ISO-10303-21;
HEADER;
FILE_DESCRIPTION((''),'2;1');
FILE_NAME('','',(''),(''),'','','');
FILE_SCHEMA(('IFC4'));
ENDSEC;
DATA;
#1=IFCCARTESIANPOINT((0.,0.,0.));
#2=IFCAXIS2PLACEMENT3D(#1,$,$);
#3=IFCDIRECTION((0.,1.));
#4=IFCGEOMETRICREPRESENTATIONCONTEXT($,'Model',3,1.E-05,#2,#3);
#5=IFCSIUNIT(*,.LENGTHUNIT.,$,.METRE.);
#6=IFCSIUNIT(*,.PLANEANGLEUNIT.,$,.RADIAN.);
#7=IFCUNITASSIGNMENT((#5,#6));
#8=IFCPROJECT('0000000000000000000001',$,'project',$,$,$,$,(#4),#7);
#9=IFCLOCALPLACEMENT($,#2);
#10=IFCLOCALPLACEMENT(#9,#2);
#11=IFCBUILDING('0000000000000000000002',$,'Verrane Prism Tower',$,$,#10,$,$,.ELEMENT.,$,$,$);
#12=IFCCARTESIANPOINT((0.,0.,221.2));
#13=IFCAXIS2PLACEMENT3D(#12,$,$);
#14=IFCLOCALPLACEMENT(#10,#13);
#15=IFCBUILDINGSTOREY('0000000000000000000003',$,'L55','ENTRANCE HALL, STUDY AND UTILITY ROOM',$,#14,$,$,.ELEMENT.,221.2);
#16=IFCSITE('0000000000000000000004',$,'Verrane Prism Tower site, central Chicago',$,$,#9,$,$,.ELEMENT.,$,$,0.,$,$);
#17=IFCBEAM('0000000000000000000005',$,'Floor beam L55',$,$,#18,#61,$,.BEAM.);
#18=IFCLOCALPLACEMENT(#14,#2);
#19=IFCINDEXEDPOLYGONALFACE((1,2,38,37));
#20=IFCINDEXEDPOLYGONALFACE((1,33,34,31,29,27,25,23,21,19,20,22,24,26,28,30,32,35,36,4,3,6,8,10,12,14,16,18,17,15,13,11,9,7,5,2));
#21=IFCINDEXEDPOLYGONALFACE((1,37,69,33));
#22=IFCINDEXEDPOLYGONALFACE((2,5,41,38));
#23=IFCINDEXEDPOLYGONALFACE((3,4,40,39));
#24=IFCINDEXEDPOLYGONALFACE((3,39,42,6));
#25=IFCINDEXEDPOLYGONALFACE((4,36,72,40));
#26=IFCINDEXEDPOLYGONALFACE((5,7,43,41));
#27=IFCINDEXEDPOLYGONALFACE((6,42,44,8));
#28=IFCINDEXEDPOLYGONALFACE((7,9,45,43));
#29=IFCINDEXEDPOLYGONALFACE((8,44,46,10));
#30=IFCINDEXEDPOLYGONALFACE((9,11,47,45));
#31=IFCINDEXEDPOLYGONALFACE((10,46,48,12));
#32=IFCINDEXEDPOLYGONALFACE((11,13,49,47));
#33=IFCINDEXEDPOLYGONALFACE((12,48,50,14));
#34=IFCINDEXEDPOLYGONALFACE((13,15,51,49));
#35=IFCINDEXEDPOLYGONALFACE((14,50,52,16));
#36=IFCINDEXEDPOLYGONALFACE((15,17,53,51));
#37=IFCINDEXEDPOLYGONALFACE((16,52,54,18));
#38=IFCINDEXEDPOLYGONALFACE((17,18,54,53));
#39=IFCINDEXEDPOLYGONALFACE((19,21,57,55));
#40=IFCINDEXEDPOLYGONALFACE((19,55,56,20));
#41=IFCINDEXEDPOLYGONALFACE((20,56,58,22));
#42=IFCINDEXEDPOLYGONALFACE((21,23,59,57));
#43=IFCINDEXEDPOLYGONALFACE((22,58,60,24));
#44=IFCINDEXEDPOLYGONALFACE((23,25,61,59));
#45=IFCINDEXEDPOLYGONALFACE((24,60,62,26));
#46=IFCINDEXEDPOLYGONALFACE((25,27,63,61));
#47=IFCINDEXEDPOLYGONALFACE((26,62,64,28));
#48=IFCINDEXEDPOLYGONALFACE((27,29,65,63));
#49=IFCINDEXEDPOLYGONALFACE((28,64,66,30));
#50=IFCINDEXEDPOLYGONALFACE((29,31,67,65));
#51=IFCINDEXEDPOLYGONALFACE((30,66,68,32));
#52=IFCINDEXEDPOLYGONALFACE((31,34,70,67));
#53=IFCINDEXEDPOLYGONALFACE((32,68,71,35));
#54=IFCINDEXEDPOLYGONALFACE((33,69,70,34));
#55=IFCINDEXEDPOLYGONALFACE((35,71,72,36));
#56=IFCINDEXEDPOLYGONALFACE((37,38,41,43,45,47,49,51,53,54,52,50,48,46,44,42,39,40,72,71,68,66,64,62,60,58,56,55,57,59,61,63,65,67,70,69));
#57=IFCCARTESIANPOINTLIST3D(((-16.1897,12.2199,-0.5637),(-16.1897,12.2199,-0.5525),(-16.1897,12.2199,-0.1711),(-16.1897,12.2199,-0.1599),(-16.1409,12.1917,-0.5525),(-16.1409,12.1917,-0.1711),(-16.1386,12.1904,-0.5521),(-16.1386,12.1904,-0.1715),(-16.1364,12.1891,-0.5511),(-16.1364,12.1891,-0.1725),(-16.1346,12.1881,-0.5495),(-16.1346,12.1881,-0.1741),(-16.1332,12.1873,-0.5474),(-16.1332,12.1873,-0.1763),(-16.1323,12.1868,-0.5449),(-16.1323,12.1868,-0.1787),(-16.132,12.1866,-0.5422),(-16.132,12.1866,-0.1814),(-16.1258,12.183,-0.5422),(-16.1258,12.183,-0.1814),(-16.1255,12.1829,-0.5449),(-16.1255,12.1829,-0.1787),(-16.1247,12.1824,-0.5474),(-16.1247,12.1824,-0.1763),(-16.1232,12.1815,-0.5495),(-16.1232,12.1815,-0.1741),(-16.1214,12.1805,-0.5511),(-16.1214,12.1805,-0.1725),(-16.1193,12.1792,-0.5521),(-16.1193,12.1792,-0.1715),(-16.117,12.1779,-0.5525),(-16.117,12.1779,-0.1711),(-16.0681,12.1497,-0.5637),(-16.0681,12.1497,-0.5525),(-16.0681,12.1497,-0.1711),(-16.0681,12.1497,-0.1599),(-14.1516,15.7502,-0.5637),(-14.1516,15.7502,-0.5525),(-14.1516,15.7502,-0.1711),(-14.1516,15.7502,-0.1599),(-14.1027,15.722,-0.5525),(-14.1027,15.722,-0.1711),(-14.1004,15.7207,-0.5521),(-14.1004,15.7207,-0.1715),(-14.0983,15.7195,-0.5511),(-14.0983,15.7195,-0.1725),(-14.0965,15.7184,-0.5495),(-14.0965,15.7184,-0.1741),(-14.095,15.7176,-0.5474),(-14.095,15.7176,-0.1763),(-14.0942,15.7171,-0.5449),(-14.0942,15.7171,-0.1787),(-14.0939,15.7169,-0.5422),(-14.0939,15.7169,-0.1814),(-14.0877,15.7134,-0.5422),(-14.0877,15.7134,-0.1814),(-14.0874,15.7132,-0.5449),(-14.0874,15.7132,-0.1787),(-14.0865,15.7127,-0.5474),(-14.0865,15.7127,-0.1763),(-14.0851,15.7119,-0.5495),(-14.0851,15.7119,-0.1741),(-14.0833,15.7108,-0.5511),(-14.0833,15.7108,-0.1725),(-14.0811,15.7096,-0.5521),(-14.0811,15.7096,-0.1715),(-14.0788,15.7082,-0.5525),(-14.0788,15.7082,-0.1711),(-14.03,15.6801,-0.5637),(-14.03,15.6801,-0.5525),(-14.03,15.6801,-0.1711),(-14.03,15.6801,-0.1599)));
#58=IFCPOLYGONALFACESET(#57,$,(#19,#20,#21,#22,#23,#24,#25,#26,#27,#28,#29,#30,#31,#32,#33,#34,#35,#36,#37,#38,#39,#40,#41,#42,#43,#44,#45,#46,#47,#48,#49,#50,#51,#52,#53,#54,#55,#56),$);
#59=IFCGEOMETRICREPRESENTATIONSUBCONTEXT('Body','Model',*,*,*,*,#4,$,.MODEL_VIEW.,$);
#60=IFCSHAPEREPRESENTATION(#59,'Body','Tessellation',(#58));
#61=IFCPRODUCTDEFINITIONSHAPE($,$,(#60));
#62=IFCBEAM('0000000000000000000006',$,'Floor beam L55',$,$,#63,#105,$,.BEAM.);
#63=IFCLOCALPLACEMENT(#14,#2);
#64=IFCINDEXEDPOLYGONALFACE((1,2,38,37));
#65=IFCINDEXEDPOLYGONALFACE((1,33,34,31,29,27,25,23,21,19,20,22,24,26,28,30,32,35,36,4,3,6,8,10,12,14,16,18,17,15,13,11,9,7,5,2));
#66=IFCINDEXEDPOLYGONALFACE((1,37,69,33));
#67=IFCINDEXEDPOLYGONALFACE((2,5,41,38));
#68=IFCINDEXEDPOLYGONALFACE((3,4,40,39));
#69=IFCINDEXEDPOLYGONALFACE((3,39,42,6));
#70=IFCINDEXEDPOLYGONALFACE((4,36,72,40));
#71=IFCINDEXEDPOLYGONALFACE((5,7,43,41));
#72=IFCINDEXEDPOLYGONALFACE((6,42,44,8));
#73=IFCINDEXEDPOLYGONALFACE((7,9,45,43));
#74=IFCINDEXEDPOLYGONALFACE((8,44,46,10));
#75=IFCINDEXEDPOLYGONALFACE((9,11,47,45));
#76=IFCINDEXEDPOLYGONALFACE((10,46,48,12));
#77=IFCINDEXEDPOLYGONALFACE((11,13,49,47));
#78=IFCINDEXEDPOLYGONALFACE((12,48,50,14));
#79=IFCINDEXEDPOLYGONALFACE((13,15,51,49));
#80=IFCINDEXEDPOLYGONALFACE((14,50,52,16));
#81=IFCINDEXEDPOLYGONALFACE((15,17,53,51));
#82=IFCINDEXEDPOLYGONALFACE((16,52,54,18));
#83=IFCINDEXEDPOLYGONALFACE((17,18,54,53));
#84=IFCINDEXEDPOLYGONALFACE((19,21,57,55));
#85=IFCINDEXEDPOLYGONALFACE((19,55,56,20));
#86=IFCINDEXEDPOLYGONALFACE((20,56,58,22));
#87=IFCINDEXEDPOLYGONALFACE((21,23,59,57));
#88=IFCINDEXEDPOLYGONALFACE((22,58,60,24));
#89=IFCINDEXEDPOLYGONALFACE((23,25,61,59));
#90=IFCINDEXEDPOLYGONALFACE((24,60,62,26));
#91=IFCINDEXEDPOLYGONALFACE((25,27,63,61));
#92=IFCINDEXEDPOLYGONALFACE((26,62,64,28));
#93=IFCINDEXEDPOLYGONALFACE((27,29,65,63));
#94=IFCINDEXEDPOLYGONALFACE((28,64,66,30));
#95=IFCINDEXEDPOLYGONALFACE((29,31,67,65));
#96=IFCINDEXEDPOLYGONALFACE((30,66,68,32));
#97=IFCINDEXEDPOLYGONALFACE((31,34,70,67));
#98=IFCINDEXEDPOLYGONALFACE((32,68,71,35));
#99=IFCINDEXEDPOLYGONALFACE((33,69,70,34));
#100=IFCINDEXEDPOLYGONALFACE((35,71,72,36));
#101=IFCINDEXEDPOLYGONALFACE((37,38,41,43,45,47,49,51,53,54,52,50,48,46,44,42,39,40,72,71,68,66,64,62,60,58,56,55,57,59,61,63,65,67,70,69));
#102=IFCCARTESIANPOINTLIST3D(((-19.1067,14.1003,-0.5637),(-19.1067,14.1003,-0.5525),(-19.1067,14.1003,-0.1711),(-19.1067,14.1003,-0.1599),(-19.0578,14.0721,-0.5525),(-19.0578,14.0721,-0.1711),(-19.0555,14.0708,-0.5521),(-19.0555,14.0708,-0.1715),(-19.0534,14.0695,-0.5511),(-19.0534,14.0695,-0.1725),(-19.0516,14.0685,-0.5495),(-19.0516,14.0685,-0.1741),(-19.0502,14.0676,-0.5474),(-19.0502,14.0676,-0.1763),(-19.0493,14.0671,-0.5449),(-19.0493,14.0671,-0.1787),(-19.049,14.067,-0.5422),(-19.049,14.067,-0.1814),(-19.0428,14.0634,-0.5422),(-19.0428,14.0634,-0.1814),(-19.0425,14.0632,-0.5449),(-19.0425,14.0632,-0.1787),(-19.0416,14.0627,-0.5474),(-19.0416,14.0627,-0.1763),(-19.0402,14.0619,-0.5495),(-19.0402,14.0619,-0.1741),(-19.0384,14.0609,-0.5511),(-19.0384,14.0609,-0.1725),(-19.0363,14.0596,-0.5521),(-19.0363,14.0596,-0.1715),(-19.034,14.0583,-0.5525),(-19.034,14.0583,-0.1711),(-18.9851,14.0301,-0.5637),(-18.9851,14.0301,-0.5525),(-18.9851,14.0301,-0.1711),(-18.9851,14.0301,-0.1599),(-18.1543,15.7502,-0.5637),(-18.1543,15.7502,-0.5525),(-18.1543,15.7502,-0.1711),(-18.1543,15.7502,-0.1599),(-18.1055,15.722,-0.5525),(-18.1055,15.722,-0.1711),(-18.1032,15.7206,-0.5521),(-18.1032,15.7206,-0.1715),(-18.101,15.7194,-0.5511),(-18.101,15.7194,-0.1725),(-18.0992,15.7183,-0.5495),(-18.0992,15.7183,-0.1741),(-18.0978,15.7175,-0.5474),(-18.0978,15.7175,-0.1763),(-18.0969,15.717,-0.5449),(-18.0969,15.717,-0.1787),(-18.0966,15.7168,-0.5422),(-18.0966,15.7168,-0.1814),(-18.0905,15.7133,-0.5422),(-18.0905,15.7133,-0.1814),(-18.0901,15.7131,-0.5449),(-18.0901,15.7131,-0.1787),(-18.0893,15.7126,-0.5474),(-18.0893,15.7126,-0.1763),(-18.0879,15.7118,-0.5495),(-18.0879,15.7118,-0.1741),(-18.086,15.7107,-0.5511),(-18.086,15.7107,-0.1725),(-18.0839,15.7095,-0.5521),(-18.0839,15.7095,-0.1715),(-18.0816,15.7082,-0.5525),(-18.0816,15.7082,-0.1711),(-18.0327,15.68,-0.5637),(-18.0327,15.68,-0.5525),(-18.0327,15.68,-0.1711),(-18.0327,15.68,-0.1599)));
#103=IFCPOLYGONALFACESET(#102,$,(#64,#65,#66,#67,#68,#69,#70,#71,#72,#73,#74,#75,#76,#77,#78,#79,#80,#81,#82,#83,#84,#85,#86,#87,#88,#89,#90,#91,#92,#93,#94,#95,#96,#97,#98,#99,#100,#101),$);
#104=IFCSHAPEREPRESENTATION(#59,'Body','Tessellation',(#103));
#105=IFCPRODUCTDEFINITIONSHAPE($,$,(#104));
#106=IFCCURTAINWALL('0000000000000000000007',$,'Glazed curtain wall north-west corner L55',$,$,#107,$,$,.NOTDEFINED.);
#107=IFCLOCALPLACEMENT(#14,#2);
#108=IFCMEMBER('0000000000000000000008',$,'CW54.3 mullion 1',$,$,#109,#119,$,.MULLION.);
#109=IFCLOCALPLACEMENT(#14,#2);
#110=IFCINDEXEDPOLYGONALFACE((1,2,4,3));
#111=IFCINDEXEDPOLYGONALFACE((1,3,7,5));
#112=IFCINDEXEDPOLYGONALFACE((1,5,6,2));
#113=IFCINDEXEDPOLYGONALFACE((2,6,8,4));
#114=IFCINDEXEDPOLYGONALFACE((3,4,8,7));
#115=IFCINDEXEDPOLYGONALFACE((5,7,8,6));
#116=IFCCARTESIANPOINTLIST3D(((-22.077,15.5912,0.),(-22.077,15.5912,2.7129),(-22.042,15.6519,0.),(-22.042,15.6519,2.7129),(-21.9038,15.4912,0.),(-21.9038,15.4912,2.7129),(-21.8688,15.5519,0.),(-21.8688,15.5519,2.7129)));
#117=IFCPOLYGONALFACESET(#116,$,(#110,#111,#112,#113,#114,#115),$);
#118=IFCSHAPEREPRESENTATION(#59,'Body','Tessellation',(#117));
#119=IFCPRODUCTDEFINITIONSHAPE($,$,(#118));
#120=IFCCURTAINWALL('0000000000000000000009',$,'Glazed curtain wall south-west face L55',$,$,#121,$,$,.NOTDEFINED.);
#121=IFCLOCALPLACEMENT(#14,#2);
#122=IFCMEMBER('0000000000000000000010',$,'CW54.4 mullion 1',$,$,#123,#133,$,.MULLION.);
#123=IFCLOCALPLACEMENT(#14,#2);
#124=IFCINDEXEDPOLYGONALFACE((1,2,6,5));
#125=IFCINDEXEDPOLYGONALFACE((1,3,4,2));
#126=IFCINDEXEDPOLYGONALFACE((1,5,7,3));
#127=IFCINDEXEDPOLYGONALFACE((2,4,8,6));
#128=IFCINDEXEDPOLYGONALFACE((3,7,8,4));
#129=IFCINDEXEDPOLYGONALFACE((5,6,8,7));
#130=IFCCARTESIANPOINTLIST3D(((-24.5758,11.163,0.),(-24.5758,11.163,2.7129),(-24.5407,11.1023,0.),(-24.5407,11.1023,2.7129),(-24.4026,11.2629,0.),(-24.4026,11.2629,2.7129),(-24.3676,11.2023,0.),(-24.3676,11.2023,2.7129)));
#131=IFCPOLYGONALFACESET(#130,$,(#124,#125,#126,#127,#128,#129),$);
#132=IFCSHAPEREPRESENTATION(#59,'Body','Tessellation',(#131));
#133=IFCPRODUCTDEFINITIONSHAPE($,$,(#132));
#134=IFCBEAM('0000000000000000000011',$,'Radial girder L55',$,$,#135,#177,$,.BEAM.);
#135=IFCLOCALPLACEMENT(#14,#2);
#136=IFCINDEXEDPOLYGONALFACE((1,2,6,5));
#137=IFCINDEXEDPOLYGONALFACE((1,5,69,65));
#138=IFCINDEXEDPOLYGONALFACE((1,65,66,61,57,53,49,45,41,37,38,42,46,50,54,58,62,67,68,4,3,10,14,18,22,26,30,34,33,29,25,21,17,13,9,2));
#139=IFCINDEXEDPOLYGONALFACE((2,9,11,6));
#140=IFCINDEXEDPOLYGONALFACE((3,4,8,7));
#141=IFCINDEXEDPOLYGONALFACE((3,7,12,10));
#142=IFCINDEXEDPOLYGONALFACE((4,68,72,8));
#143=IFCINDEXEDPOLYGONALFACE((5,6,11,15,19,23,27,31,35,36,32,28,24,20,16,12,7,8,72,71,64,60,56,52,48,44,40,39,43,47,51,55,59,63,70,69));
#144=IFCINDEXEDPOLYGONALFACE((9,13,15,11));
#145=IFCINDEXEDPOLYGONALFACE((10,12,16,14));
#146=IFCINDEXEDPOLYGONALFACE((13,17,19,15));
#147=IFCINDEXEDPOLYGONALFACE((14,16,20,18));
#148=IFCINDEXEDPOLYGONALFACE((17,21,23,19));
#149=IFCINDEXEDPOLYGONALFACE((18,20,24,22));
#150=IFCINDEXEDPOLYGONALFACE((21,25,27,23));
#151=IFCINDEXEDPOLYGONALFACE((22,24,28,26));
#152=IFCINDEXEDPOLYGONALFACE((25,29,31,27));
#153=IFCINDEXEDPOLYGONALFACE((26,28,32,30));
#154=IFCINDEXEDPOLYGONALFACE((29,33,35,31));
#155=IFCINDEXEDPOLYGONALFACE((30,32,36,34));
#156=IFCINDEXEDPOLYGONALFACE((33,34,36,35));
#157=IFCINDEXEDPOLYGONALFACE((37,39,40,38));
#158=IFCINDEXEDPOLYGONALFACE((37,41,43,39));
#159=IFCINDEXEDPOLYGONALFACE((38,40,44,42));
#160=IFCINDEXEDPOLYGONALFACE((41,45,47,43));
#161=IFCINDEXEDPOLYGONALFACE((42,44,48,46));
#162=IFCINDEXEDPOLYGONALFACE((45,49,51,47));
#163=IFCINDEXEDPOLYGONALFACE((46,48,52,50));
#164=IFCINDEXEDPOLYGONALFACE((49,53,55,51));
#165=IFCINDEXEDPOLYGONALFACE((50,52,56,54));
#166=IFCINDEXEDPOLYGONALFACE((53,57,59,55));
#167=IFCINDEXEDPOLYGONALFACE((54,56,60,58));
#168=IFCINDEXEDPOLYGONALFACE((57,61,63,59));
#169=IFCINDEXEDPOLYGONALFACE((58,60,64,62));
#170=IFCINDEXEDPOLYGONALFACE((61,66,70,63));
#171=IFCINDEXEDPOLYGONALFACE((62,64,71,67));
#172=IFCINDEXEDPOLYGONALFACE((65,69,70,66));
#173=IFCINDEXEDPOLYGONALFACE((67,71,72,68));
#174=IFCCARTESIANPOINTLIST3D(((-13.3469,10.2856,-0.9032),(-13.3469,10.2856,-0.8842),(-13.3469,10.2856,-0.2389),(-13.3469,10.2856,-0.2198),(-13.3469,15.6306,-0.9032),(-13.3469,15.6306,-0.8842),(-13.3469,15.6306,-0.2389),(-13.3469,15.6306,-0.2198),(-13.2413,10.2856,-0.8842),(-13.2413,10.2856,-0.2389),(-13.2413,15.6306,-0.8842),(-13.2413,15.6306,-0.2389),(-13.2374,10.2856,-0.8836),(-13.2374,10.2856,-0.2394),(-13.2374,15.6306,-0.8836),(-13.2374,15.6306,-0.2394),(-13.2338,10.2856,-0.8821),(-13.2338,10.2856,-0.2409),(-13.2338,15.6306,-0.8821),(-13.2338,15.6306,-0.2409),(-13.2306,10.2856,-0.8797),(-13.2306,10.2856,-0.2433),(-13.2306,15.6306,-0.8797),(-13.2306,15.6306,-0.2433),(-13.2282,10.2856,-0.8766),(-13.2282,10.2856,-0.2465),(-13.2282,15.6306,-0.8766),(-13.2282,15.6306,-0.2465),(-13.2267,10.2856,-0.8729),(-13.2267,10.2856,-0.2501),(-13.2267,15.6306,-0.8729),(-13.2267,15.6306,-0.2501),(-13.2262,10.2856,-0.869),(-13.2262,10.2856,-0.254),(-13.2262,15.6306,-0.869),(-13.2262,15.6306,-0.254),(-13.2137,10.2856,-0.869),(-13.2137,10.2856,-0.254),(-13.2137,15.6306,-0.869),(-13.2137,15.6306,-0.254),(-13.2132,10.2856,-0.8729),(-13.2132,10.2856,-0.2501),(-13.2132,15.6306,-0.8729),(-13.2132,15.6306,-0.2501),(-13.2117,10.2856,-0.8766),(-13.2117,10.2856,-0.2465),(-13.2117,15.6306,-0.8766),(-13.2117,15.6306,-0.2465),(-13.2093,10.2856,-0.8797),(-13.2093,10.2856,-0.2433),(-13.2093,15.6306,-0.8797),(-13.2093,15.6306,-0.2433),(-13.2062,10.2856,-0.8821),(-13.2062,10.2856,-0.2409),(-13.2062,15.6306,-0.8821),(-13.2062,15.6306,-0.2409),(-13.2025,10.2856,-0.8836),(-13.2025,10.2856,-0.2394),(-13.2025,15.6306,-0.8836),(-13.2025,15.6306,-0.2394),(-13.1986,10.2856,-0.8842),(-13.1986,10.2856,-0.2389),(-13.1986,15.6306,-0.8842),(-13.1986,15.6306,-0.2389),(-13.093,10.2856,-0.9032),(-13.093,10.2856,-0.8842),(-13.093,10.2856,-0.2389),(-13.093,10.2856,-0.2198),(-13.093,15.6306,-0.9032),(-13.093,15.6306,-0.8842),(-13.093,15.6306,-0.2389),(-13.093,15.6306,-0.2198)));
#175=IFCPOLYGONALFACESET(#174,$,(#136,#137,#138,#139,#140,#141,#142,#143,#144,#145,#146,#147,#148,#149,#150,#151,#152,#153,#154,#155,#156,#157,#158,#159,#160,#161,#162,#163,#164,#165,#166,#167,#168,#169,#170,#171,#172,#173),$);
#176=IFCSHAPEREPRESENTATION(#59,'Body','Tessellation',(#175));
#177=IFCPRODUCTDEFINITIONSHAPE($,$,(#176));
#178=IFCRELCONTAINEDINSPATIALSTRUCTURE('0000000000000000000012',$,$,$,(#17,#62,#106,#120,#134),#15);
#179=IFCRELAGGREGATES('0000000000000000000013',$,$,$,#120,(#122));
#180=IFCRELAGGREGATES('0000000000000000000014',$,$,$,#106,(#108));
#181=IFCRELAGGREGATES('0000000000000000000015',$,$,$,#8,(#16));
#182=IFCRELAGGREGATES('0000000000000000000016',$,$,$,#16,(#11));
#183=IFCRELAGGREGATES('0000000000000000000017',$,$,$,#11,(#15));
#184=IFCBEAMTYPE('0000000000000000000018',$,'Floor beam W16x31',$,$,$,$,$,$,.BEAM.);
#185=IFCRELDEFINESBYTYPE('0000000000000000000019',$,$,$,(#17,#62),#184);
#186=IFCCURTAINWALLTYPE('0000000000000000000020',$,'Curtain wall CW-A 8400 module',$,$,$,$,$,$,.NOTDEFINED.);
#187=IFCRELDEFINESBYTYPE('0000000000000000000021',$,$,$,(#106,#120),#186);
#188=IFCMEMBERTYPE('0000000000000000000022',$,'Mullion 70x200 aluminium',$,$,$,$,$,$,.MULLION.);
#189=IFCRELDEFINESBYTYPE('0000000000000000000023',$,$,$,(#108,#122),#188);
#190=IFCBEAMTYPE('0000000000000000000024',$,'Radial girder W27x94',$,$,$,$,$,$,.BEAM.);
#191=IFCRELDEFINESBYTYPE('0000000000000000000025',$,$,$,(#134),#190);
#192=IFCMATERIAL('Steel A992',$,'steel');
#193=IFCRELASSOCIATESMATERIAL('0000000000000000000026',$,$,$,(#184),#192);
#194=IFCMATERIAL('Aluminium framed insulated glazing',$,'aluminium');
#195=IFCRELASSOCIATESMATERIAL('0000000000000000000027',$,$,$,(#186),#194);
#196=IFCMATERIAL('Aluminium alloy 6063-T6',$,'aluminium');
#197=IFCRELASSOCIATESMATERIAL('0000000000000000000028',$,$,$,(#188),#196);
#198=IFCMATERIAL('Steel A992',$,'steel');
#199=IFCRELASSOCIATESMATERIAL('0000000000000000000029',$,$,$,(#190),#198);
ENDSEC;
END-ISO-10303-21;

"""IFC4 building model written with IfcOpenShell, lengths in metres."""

from ifc_helpers import new_model, si_unit, direction, frame, origin, origin_2d, place, context, subcontext, project, spatial, rectangle, i_section, extrude, material, material_profile, profile_set, type_object, element, aggregate, save


model = new_model("IFC4")

# Units and contexts
model_context = context("Model", 3, precision=1e-05, world=origin(), true_north=direction((0.0, 1.0)))
body_context = subcontext(model_context, "Body", "Model", "MODEL_VIEW")
ifc_project = project(units=[si_unit("LENGTHUNIT", "METRE"), si_unit("PLANEANGLEUNIT", "RADIAN")], contexts=[model_context])

# Site, building, storey
site_placement = place(None, origin())
site = spatial("IfcSite", under=ifc_project, at=site_placement, Name="Verrane Prism Tower site, central Chicago", CompositionType="ELEMENT", RefElevation=0.0)
building_placement = place(site_placement, origin())
building = spatial("IfcBuilding", under=site, at=building_placement, Name="Verrane Prism Tower", CompositionType="ELEMENT")
storey_placement = place(building_placement, frame((0.0, 0.0, 221.2)))
storey = spatial("IfcBuildingStorey", under=building, at=storey_placement, Name="L55", Description="ENTRANCE HALL, STUDY AND UTILITY ROOM", CompositionType="ELEMENT", Elevation=221.2)

# Beams
ifc_material_1 = material(Name="Steel A992", Category="steel")
ifc_material_profile_1 = material_profile(ifc_material_1, i_section(OverallWidth=0.1404, OverallDepth=0.4038, WebThickness=0.0071, FlangeThickness=0.0112, FilletRadius=0.0103, at=origin_2d()), Name="W16x31")
ifc_profile_set_1 = profile_set([ifc_material_profile_1], Name="Steel A992")
beam_type_1 = type_object("IfcBeamType", Name="Floor beam W16x31", PredefinedType="BEAM", material=ifc_profile_set_1)
beam_1_placement = place(storey_placement, frame((-16.1289, 12.1848, -0.3618), z_axis=(0.499978, 0.866038, 0.0), x_axis=(-0.866038, 0.499978, 0.0)))
element("IfcBeam", 1, at=beam_1_placement, inside=storey, type_object=beam_type_1, Name="Floor beam L55", PredefinedType="BEAM", context=body_context, shape_type="SweptSolid", body=[
    extrude(i_section(OverallWidth=0.1404, OverallDepth=0.4038, WebThickness=0.0071, FlangeThickness=0.0112, FilletRadius=0.0103, at=origin_2d()), origin(), (0.0, 0.0, 1.0), 4.0764),
])
beam_2_placement = place(storey_placement, frame((-19.0459, 14.0652, -0.3618), z_axis=(0.49993, 0.866066, 0.0), x_axis=(-0.866066, 0.49993, 0.0)))
element("IfcBeam", 2, at=beam_2_placement, inside=storey, type_object=beam_type_1, Name="Floor beam L55", PredefinedType="BEAM", context=body_context, shape_type="SweptSolid", body=[
    extrude(i_section(OverallWidth=0.1404, OverallDepth=0.4038, WebThickness=0.0071, FlangeThickness=0.0112, FilletRadius=0.0103, at=origin_2d()), origin(), (0.0, 0.0, 1.0), 1.905),
])

# Curtain walls, members
ifc_material_2 = material(Name="Aluminium framed insulated glazing", Category="aluminium")
curtain_wall_type = type_object("IfcCurtainWallType", Name="Curtain wall CW-A 8400 module", PredefinedType="NOTDEFINED", material=ifc_material_2)
curtain_wall_1_placement = place(storey_placement, origin())
curtain_wall_1 = element("IfcCurtainWall", 3, at=curtain_wall_1_placement, inside=storey, type_object=curtain_wall_type, Name="Glazed curtain wall north-west corner L55", PredefinedType="NOTDEFINED")
ifc_material_3 = material(Name="Aluminium alloy 6063-T6", Category="aluminium")
ifc_material_profile_2 = material_profile(ifc_material_3, rectangle(XDim=0.2, YDim=0.0701, at=origin_2d()), Name="Mullion 70x200 aluminium")
ifc_profile_set_2 = profile_set([ifc_material_profile_2], Name="Aluminium alloy 6063-T6")
member_type_1 = type_object("IfcMemberType", Name="Mullion 70x200 aluminium", PredefinedType="MULLION", material=ifc_profile_set_2)
member_1_placement = place(storey_placement, frame((-21.9729, 15.5715, 0.0), z_axis=(0.0, 0.0, 1.0), x_axis=(0.866028, -0.499995, 0.0)))
member_1 = element("IfcMember", 4, at=member_1_placement, type_object=member_type_1, Name="CW54.3 mullion 1", PredefinedType="MULLION", context=body_context, shape_type="SweptSolid", body=[
    extrude(rectangle(XDim=0.2, YDim=0.0701, at=origin_2d()), origin(), (0.0, 0.0, 1.0), 2.7129),
])
curtain_wall_2_placement = place(storey_placement, origin())
curtain_wall_2 = element("IfcCurtainWall", 5, at=curtain_wall_2_placement, inside=storey, type_object=curtain_wall_type, Name="Glazed curtain wall south-west face L55", PredefinedType="NOTDEFINED")
member_2_placement = place(storey_placement, frame((-24.4717, 11.1826, 0.0), z_axis=(0.0, 0.0, 1.0), x_axis=(0.866025, 0.500001, 0.0)))
member_2 = element("IfcMember", 6, at=member_2_placement, type_object=member_type_1, Name="CW54.4 mullion 1", PredefinedType="MULLION", context=body_context, shape_type="SweptSolid", body=[
    extrude(rectangle(XDim=0.2, YDim=0.0701, at=origin_2d()), origin(), (0.0, 0.0, 1.0), 2.7129),
])

# Beam
ifc_material_4 = material(Name="Steel A992", Category="steel")
ifc_material_profile_3 = material_profile(ifc_material_4, i_section(OverallWidth=0.2539, OverallDepth=0.6833, WebThickness=0.0125, FlangeThickness=0.019, FilletRadius=0.0151, at=origin_2d()), Name="W27x94")
ifc_profile_set_3 = profile_set([ifc_material_profile_3], Name="Steel A992")
beam_type_2 = type_object("IfcBeamType", Name="Radial girder W27x94", PredefinedType="BEAM", material=ifc_profile_set_3)
beam_3_placement = place(storey_placement, frame((-13.22, 15.6306, -0.5615), z_axis=(0.0, -1.0, 0.0), x_axis=(1.0, 0.0, 0.0)))
element("IfcBeam", 7, at=beam_3_placement, inside=storey, type_object=beam_type_2, Name="Radial girder L55", PredefinedType="BEAM", context=body_context, shape_type="SweptSolid", body=[
    extrude(i_section(OverallWidth=0.2539, OverallDepth=0.6833, WebThickness=0.0125, FlangeThickness=0.019, FilletRadius=0.0151, at=origin_2d()), origin(), (0.0, 0.0, 1.0), 5.345),
])

aggregate(curtain_wall_2, [member_2])

aggregate(curtain_wall_1, [member_1])

save(model, "model.ifc")
